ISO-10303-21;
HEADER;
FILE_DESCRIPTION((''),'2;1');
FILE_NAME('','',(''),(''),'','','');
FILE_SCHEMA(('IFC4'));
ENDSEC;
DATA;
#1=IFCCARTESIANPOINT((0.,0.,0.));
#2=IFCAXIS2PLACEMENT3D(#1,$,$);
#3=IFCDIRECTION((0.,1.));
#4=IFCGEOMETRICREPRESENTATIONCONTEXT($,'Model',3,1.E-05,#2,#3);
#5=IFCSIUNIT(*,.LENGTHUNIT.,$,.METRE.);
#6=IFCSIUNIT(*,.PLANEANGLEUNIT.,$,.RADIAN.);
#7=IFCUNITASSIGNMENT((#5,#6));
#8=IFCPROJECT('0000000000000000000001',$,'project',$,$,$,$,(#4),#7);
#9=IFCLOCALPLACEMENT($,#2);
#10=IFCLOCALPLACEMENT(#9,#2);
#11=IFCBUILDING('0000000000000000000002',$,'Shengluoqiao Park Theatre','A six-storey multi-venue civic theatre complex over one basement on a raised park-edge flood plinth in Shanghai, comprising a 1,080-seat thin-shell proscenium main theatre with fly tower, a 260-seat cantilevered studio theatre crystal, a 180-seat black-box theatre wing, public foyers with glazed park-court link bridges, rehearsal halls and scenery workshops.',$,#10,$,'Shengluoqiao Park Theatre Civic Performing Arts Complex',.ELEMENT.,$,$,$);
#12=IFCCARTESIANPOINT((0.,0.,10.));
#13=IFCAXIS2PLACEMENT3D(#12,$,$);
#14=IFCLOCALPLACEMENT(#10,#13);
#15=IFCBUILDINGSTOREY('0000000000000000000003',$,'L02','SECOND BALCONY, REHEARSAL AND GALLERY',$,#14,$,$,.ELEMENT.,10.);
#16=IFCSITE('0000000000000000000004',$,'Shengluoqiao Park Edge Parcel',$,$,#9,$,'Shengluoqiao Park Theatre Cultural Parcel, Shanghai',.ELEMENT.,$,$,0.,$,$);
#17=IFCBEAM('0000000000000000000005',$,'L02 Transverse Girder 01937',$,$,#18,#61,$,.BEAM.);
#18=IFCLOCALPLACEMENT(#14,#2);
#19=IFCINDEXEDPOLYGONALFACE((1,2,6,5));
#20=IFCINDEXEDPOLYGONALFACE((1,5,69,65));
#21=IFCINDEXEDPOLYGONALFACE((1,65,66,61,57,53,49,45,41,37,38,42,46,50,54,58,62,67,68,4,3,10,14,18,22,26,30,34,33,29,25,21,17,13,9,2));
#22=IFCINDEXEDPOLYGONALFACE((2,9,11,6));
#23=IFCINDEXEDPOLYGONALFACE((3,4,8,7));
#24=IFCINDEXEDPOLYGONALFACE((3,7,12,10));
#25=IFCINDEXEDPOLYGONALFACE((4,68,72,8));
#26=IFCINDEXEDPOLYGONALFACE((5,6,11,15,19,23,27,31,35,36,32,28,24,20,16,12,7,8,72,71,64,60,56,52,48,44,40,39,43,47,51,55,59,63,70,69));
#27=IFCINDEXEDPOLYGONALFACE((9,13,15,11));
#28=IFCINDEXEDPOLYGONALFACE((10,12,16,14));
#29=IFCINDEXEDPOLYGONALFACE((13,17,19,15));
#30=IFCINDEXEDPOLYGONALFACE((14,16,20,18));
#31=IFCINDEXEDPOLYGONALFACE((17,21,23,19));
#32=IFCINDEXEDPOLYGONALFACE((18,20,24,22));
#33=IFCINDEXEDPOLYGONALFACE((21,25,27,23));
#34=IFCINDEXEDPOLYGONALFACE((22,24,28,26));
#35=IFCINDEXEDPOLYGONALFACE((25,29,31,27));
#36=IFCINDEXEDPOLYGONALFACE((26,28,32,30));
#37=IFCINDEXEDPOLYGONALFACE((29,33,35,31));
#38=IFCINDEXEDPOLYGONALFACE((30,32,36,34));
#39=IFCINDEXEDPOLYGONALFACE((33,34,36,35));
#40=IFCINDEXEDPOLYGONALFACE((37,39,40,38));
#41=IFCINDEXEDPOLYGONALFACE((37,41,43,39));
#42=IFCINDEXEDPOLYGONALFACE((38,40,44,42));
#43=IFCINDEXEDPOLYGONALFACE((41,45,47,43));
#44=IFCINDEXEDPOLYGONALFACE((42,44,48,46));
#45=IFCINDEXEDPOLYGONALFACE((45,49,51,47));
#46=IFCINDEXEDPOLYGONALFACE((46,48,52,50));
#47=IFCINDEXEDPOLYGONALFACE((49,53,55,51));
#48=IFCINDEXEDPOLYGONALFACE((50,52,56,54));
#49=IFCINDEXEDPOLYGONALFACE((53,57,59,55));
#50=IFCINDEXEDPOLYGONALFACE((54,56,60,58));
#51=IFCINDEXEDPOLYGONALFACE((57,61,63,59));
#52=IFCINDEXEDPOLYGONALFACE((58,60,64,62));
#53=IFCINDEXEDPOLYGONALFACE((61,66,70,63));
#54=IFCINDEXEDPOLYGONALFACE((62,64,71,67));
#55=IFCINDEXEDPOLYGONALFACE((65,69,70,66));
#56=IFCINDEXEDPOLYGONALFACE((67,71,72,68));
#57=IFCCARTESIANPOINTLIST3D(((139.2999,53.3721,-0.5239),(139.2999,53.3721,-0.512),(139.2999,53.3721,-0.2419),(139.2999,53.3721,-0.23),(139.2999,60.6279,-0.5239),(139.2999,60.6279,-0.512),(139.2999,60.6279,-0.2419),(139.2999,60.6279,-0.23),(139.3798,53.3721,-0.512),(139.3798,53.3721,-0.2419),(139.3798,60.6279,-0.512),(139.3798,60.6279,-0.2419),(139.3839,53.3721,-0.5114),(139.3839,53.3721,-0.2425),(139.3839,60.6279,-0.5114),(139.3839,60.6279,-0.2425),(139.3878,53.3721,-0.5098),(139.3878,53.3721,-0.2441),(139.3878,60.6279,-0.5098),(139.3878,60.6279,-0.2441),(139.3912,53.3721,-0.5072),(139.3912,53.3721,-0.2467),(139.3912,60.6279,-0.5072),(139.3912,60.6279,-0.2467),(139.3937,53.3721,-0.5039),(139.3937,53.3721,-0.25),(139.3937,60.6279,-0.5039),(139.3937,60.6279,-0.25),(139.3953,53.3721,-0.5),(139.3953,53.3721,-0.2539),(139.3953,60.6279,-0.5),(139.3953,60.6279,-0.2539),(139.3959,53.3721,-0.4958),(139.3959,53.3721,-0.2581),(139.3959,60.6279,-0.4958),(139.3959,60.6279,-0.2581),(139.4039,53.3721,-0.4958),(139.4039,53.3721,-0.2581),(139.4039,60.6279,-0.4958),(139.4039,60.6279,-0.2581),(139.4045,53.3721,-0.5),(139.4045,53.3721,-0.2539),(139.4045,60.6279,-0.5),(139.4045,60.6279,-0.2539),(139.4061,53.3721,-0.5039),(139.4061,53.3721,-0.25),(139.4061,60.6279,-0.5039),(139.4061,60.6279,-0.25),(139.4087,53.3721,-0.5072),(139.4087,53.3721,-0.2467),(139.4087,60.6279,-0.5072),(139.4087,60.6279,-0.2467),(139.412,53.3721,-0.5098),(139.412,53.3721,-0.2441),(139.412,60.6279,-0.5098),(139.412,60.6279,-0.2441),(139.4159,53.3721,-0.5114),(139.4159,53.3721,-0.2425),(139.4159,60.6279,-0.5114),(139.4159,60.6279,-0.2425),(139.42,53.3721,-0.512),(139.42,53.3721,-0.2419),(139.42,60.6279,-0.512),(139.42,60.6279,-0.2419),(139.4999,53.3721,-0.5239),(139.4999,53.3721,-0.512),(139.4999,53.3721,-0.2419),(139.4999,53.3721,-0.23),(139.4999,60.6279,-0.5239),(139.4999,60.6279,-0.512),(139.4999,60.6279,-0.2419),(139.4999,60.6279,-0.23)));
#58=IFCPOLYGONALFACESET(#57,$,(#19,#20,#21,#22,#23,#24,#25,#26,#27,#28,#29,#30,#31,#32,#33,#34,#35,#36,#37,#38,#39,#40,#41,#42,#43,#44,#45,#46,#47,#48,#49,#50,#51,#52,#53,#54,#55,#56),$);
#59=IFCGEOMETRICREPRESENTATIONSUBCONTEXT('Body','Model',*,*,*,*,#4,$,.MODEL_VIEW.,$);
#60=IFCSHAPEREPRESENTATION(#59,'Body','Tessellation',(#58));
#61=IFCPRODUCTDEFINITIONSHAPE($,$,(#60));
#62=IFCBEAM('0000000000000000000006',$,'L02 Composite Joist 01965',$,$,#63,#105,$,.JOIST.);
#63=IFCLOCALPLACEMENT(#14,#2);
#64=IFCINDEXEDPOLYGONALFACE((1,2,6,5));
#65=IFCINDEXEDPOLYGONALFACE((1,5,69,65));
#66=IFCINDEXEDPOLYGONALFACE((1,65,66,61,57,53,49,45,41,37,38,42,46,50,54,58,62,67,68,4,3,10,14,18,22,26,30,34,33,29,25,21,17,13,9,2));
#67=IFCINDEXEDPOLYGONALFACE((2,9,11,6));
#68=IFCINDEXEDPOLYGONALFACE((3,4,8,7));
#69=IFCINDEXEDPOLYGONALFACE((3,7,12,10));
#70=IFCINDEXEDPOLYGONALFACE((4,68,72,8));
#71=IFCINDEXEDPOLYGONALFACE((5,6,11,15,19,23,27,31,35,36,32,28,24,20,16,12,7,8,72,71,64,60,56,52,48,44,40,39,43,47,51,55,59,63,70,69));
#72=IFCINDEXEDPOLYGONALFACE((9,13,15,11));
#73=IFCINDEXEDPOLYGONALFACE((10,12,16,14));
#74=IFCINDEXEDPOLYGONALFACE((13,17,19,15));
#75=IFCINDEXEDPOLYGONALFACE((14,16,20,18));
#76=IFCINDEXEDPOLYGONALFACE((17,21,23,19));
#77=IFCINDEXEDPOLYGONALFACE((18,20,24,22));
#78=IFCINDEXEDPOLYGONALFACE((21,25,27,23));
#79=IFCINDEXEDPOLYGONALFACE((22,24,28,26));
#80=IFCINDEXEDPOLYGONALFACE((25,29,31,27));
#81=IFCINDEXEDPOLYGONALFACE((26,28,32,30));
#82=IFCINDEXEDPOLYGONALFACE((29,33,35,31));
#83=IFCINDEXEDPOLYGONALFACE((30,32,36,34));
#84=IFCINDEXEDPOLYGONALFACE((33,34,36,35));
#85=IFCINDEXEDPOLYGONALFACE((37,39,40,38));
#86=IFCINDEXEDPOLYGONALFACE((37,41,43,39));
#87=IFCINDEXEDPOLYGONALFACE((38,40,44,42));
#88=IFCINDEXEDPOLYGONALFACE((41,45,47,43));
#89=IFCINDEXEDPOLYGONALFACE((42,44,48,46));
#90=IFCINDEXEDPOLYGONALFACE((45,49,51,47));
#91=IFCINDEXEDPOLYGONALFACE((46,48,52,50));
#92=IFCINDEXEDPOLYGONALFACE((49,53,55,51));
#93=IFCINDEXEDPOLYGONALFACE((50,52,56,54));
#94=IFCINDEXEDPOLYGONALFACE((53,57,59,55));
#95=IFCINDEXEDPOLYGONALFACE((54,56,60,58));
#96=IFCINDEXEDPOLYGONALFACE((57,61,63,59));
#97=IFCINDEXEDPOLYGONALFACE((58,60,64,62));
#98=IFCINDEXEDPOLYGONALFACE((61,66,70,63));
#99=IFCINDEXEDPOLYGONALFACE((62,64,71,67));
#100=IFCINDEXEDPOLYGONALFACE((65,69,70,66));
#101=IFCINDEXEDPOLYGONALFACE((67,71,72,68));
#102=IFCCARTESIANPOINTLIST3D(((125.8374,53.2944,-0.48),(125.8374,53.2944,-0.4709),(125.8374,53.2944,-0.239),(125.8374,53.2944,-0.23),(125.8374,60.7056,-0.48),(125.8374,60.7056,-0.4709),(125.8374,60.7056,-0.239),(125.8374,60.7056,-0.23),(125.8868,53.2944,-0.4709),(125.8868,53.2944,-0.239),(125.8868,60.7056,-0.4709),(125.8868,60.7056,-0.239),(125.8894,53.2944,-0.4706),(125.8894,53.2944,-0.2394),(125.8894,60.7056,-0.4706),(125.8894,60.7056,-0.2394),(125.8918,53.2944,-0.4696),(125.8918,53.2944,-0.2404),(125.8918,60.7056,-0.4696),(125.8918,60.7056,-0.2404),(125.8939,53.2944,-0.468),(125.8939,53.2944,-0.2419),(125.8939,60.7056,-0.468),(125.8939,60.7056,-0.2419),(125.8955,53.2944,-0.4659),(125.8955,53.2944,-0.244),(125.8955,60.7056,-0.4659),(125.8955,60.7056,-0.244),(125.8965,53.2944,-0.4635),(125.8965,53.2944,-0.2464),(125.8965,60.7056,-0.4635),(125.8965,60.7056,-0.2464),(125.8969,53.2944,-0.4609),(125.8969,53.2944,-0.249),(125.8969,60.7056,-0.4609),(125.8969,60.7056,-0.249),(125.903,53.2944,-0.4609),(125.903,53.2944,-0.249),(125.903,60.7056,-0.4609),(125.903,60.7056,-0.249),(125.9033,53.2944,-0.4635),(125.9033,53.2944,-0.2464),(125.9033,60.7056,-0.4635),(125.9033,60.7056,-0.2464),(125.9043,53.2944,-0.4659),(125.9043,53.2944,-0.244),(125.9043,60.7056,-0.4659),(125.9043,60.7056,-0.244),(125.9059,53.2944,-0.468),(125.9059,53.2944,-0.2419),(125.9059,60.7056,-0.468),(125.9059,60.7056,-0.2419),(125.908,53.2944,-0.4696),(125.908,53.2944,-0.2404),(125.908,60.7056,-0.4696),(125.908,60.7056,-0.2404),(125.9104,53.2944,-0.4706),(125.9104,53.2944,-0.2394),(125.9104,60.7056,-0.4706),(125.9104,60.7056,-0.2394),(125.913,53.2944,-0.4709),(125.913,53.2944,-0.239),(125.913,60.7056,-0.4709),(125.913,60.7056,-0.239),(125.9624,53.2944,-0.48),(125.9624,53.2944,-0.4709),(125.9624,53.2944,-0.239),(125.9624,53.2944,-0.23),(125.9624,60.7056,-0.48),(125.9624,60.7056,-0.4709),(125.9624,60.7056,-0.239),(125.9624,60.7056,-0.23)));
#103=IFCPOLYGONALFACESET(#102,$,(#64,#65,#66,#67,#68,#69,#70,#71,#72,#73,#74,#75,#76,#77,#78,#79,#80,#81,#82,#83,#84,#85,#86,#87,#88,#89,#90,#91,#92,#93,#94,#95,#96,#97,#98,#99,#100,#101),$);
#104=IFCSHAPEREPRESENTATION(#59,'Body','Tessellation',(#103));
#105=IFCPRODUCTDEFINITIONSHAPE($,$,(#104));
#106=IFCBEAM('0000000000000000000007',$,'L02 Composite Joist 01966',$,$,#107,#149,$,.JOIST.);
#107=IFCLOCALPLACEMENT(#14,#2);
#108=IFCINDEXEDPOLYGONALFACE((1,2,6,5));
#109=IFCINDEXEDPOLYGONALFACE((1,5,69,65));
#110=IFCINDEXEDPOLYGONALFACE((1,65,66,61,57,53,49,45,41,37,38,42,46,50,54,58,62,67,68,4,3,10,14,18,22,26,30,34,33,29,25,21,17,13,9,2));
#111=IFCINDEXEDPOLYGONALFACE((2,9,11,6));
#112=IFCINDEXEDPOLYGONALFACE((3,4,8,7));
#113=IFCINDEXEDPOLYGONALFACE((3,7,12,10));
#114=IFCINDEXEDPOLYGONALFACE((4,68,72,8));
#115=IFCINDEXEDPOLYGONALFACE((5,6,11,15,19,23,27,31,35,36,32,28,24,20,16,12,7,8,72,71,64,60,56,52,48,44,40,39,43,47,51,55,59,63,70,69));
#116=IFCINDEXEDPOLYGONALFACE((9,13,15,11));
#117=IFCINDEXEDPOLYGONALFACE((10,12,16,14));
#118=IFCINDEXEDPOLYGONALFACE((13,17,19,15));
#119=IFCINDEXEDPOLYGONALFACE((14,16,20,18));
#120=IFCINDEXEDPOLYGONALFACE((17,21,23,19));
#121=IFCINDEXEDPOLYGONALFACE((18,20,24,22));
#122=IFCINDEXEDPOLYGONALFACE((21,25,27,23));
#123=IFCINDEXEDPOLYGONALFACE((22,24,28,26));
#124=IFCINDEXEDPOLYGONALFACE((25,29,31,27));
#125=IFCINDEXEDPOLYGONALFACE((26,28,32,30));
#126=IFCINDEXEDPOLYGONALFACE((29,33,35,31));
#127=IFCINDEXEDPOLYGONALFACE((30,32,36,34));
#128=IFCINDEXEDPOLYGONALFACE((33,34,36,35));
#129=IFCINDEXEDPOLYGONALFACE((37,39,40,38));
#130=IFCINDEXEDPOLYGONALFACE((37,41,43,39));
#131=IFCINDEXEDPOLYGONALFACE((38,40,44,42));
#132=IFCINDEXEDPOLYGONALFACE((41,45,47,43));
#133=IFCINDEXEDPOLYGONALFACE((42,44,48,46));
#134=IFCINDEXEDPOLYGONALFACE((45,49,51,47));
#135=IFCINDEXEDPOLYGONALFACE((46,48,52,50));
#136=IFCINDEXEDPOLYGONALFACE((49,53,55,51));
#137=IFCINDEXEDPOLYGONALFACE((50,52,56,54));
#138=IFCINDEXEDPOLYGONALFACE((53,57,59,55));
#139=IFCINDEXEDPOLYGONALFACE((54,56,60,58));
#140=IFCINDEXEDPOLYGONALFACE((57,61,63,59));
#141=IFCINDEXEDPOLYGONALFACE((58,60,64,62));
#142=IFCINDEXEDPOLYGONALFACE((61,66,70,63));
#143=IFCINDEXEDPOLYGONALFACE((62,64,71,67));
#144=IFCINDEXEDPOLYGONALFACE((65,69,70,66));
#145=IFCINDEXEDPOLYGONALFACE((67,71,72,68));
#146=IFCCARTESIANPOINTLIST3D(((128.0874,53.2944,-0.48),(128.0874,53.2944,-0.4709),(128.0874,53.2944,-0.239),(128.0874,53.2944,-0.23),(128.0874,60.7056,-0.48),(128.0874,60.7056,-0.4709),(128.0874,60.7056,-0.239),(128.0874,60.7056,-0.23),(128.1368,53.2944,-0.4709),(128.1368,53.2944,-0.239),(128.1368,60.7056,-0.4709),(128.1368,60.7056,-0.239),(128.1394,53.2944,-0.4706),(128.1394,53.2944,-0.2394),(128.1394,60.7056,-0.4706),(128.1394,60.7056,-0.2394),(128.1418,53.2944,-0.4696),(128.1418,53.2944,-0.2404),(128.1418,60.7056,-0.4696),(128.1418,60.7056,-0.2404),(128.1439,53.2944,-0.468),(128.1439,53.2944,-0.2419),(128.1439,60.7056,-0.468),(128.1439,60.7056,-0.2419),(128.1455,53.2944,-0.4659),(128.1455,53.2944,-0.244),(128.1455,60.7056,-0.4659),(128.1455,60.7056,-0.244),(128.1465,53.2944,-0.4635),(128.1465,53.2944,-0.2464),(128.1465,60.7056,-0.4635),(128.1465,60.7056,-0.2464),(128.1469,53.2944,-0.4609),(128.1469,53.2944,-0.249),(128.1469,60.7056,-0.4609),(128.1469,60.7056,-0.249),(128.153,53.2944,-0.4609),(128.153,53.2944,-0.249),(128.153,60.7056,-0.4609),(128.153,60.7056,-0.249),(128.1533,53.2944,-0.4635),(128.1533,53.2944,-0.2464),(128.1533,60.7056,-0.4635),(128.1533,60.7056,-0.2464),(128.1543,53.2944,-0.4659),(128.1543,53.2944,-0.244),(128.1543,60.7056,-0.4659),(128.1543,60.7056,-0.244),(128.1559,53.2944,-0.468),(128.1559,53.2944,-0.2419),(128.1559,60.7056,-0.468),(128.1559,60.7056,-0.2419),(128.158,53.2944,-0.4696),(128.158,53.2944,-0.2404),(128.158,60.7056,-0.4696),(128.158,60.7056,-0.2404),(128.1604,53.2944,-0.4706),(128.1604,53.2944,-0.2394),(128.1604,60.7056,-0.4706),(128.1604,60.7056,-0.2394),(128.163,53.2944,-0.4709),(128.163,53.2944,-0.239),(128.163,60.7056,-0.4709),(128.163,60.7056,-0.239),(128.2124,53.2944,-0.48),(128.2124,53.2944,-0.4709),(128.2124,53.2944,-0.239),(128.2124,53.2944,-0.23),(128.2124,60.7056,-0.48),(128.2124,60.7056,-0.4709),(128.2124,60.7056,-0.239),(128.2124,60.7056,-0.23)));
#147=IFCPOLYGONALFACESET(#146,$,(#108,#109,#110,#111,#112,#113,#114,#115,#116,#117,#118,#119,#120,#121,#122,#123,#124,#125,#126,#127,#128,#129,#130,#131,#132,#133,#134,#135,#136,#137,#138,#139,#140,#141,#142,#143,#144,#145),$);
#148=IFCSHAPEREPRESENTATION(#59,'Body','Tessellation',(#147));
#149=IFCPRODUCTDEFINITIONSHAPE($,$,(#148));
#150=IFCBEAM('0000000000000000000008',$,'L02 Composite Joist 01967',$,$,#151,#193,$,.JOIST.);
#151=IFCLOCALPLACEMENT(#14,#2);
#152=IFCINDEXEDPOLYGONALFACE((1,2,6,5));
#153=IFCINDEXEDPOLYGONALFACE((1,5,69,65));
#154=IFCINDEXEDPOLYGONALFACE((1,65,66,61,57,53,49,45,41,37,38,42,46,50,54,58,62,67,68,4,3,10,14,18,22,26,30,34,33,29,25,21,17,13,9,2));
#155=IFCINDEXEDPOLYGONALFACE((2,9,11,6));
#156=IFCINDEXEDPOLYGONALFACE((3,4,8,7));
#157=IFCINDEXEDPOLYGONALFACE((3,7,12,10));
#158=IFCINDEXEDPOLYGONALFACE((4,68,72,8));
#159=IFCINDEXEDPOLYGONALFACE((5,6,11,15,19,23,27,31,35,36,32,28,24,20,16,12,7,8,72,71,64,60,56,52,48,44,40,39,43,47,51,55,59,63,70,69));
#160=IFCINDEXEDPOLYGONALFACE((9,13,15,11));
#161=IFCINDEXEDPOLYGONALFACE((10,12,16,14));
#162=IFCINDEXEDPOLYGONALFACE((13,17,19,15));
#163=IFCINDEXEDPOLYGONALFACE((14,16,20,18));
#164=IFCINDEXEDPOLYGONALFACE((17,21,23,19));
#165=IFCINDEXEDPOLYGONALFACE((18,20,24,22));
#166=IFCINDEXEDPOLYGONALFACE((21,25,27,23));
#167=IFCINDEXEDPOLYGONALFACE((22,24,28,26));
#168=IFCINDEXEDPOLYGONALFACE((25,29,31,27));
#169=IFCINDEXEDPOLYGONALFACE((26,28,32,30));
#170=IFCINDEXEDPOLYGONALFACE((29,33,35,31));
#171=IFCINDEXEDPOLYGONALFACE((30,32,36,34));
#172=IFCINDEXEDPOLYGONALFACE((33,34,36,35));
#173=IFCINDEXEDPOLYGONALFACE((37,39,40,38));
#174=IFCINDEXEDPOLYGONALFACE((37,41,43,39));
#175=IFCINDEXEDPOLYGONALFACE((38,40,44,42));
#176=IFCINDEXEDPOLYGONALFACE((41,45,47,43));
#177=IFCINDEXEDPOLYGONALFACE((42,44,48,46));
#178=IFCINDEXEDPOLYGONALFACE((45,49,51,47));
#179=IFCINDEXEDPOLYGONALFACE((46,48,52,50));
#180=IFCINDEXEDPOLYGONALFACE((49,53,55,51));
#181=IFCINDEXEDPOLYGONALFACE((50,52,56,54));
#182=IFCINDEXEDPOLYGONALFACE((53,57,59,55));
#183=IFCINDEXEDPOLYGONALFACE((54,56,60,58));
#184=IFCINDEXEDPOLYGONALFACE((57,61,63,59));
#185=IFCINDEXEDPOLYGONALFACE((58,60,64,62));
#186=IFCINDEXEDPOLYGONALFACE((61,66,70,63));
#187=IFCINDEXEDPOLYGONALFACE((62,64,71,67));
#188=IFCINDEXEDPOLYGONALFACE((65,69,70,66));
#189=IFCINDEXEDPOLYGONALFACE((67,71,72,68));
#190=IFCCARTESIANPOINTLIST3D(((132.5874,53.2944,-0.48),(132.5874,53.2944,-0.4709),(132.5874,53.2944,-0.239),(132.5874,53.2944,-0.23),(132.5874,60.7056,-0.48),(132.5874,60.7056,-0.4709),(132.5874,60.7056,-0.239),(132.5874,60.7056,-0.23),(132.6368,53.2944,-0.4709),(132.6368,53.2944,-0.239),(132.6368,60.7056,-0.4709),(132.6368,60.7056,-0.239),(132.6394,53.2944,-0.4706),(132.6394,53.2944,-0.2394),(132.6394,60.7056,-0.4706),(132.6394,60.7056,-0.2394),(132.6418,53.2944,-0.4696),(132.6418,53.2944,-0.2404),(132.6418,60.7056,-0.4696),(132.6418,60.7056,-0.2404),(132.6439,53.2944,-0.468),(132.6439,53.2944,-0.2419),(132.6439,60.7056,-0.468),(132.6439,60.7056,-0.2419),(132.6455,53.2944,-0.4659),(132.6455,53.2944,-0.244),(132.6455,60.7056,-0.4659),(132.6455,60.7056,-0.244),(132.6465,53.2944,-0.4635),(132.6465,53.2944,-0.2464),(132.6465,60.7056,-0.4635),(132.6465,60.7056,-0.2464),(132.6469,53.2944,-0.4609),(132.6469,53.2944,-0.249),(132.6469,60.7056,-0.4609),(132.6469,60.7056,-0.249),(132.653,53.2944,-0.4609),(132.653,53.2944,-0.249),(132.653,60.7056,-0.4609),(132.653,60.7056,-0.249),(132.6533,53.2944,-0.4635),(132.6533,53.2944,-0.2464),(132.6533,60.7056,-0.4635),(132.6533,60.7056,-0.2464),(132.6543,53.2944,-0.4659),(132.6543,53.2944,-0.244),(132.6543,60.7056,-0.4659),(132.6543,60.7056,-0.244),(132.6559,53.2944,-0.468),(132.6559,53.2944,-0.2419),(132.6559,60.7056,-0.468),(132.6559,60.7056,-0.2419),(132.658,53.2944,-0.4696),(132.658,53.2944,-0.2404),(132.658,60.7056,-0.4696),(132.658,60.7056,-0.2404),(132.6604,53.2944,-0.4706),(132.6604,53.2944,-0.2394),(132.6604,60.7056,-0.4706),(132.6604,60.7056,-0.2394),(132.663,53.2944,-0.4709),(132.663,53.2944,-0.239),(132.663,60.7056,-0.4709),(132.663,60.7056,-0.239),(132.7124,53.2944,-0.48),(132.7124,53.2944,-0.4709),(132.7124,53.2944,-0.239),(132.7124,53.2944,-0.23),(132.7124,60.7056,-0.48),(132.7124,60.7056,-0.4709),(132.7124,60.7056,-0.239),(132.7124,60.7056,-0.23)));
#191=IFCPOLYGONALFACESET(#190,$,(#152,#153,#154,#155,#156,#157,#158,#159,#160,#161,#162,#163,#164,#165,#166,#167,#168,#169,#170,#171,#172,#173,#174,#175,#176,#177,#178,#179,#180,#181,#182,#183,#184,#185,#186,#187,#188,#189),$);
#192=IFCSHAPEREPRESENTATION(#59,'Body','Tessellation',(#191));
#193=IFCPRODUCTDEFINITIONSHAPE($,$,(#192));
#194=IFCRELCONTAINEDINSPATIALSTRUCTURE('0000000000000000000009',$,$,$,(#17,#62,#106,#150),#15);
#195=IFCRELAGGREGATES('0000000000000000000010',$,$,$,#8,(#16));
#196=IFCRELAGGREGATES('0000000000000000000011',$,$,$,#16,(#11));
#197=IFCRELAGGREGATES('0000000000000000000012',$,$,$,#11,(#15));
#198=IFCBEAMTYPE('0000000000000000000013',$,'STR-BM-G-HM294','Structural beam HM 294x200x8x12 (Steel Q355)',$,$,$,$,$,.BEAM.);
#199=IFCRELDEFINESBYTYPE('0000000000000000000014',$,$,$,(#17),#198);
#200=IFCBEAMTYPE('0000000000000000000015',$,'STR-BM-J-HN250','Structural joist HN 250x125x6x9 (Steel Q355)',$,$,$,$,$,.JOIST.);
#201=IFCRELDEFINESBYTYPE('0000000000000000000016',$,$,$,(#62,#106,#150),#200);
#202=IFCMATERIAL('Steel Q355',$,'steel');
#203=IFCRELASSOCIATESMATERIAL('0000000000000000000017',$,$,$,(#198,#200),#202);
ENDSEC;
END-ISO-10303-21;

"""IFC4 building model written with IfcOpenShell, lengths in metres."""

from ifc_helpers import new_model, si_unit, direction, frame, origin, origin_2d, place, context, subcontext, project, spatial, i_section, extrude, material, material_profile, profile_set, type_object, element, save


model = new_model("IFC4")

# Units and contexts
model_context = context("Model", 3, precision=1e-05, world=origin(), true_north=direction((0.0, 1.0)))
body_context = subcontext(model_context, "Body", "Model", "MODEL_VIEW")
ifc_project = project(units=[si_unit("LENGTHUNIT", "METRE"), si_unit("PLANEANGLEUNIT", "RADIAN")], contexts=[model_context])

# Site, building, storey
site_placement = place(None, origin())
site = spatial("IfcSite", under=ifc_project, at=site_placement, Name="Shengluoqiao Park Edge Parcel", LongName="Shengluoqiao Park Theatre Cultural Parcel, Shanghai", CompositionType="ELEMENT", RefElevation=0.0)
building_placement = place(site_placement, origin())
building = spatial("IfcBuilding", under=site, at=building_placement, Name="Shengluoqiao Park Theatre", Description="A six-storey multi-venue civic theatre complex over one basement on a raised park-edge flood plinth in Shanghai, comprising a 1,080-seat thin-shell proscenium main theatre with fly tower, a 260-seat cantilevered studio theatre crystal, a 180-seat black-box theatre wing, public foyers with glazed park-court link bridges, rehearsal halls and scenery workshops.", LongName="Shengluoqiao Park Theatre Civic Performing Arts Complex", CompositionType="ELEMENT")
storey_placement = place(building_placement, frame((0.0, 0.0, 10.0)))
storey = spatial("IfcBuildingStorey", under=building, at=storey_placement, Name="L02", Description="SECOND BALCONY, REHEARSAL AND GALLERY", CompositionType="ELEMENT", Elevation=10.0)

# Beams
ifc_material_1 = material(Name="Steel Q355", Category="steel")
ifc_material_profile_1 = material_profile(ifc_material_1, i_section(OverallWidth=0.2, OverallDepth=0.2939, WebThickness=0.0081, FlangeThickness=0.012, FilletRadius=0.0161, at=origin_2d()), Name="HM 294x200x8x12")
ifc_profile_set_1 = profile_set([ifc_material_profile_1], Name="Steel Q355")
beam_type_1 = type_object("IfcBeamType", Name="STR-BM-G-HM294", Description="Structural beam HM 294x200x8x12 (Steel Q355)", PredefinedType="BEAM", material=ifc_profile_set_1)
for number, where, z_axis, x_axis, name in (
    (1, (139.3999, 53.3721, -0.377), (0.0, 1.0, 0.0), (-1.0, 0.0, 0.0), "L02 Transverse Girder 01937"),
):
    element("IfcBeam", number, at=place(storey_placement, frame(where, z_axis=z_axis, x_axis=x_axis)), inside=storey, type_object=beam_type_1, Name=name, PredefinedType="BEAM", context=body_context, shape_type="SweptSolid", body=[
        extrude(i_section(OverallWidth=0.2, OverallDepth=0.2939, WebThickness=0.0081, FlangeThickness=0.012, FilletRadius=0.0161, at=origin_2d()), origin(), (0.0, 0.0, 1.0), 7.2559),
    ])
ifc_material_profile_2 = material_profile(ifc_material_1, i_section(OverallWidth=0.125, OverallDepth=0.25, WebThickness=0.0061, FlangeThickness=0.009, FilletRadius=0.01, at=origin_2d()), Name="HN 250x125x6x9")
ifc_profile_set_2 = profile_set([ifc_material_profile_2], Name="Steel Q355")
beam_type_2 = type_object("IfcBeamType", Name="STR-BM-J-HN250", Description="Structural joist HN 250x125x6x9 (Steel Q355)", PredefinedType="JOIST", material=ifc_profile_set_2)
for number, where, z_axis, x_axis, name in (
    (2, (125.8999, 53.2944, -0.355), (0.0, 1.0, 0.0), (-1.0, 0.0, 0.0), "L02 Composite Joist 01965"),
    (3, (128.1499, 53.2944, -0.355), (0.0, 1.0, 0.0), (-1.0, 0.0, 0.0), "L02 Composite Joist 01966"),
    (4, (132.6499, 53.2944, -0.355), (0.0, 1.0, 0.0), (-1.0, 0.0, 0.0), "L02 Composite Joist 01967"),
):
    element("IfcBeam", number, at=place(storey_placement, frame(where, z_axis=z_axis, x_axis=x_axis)), inside=storey, type_object=beam_type_2, Name=name, PredefinedType="JOIST", context=body_context, shape_type="SweptSolid", body=[
        extrude(i_section(OverallWidth=0.125, OverallDepth=0.25, WebThickness=0.0061, FlangeThickness=0.009, FilletRadius=0.01, at=origin_2d()), origin(), (0.0, 0.0, 1.0), 7.4111),
    ])

save(model, "model.ifc")
